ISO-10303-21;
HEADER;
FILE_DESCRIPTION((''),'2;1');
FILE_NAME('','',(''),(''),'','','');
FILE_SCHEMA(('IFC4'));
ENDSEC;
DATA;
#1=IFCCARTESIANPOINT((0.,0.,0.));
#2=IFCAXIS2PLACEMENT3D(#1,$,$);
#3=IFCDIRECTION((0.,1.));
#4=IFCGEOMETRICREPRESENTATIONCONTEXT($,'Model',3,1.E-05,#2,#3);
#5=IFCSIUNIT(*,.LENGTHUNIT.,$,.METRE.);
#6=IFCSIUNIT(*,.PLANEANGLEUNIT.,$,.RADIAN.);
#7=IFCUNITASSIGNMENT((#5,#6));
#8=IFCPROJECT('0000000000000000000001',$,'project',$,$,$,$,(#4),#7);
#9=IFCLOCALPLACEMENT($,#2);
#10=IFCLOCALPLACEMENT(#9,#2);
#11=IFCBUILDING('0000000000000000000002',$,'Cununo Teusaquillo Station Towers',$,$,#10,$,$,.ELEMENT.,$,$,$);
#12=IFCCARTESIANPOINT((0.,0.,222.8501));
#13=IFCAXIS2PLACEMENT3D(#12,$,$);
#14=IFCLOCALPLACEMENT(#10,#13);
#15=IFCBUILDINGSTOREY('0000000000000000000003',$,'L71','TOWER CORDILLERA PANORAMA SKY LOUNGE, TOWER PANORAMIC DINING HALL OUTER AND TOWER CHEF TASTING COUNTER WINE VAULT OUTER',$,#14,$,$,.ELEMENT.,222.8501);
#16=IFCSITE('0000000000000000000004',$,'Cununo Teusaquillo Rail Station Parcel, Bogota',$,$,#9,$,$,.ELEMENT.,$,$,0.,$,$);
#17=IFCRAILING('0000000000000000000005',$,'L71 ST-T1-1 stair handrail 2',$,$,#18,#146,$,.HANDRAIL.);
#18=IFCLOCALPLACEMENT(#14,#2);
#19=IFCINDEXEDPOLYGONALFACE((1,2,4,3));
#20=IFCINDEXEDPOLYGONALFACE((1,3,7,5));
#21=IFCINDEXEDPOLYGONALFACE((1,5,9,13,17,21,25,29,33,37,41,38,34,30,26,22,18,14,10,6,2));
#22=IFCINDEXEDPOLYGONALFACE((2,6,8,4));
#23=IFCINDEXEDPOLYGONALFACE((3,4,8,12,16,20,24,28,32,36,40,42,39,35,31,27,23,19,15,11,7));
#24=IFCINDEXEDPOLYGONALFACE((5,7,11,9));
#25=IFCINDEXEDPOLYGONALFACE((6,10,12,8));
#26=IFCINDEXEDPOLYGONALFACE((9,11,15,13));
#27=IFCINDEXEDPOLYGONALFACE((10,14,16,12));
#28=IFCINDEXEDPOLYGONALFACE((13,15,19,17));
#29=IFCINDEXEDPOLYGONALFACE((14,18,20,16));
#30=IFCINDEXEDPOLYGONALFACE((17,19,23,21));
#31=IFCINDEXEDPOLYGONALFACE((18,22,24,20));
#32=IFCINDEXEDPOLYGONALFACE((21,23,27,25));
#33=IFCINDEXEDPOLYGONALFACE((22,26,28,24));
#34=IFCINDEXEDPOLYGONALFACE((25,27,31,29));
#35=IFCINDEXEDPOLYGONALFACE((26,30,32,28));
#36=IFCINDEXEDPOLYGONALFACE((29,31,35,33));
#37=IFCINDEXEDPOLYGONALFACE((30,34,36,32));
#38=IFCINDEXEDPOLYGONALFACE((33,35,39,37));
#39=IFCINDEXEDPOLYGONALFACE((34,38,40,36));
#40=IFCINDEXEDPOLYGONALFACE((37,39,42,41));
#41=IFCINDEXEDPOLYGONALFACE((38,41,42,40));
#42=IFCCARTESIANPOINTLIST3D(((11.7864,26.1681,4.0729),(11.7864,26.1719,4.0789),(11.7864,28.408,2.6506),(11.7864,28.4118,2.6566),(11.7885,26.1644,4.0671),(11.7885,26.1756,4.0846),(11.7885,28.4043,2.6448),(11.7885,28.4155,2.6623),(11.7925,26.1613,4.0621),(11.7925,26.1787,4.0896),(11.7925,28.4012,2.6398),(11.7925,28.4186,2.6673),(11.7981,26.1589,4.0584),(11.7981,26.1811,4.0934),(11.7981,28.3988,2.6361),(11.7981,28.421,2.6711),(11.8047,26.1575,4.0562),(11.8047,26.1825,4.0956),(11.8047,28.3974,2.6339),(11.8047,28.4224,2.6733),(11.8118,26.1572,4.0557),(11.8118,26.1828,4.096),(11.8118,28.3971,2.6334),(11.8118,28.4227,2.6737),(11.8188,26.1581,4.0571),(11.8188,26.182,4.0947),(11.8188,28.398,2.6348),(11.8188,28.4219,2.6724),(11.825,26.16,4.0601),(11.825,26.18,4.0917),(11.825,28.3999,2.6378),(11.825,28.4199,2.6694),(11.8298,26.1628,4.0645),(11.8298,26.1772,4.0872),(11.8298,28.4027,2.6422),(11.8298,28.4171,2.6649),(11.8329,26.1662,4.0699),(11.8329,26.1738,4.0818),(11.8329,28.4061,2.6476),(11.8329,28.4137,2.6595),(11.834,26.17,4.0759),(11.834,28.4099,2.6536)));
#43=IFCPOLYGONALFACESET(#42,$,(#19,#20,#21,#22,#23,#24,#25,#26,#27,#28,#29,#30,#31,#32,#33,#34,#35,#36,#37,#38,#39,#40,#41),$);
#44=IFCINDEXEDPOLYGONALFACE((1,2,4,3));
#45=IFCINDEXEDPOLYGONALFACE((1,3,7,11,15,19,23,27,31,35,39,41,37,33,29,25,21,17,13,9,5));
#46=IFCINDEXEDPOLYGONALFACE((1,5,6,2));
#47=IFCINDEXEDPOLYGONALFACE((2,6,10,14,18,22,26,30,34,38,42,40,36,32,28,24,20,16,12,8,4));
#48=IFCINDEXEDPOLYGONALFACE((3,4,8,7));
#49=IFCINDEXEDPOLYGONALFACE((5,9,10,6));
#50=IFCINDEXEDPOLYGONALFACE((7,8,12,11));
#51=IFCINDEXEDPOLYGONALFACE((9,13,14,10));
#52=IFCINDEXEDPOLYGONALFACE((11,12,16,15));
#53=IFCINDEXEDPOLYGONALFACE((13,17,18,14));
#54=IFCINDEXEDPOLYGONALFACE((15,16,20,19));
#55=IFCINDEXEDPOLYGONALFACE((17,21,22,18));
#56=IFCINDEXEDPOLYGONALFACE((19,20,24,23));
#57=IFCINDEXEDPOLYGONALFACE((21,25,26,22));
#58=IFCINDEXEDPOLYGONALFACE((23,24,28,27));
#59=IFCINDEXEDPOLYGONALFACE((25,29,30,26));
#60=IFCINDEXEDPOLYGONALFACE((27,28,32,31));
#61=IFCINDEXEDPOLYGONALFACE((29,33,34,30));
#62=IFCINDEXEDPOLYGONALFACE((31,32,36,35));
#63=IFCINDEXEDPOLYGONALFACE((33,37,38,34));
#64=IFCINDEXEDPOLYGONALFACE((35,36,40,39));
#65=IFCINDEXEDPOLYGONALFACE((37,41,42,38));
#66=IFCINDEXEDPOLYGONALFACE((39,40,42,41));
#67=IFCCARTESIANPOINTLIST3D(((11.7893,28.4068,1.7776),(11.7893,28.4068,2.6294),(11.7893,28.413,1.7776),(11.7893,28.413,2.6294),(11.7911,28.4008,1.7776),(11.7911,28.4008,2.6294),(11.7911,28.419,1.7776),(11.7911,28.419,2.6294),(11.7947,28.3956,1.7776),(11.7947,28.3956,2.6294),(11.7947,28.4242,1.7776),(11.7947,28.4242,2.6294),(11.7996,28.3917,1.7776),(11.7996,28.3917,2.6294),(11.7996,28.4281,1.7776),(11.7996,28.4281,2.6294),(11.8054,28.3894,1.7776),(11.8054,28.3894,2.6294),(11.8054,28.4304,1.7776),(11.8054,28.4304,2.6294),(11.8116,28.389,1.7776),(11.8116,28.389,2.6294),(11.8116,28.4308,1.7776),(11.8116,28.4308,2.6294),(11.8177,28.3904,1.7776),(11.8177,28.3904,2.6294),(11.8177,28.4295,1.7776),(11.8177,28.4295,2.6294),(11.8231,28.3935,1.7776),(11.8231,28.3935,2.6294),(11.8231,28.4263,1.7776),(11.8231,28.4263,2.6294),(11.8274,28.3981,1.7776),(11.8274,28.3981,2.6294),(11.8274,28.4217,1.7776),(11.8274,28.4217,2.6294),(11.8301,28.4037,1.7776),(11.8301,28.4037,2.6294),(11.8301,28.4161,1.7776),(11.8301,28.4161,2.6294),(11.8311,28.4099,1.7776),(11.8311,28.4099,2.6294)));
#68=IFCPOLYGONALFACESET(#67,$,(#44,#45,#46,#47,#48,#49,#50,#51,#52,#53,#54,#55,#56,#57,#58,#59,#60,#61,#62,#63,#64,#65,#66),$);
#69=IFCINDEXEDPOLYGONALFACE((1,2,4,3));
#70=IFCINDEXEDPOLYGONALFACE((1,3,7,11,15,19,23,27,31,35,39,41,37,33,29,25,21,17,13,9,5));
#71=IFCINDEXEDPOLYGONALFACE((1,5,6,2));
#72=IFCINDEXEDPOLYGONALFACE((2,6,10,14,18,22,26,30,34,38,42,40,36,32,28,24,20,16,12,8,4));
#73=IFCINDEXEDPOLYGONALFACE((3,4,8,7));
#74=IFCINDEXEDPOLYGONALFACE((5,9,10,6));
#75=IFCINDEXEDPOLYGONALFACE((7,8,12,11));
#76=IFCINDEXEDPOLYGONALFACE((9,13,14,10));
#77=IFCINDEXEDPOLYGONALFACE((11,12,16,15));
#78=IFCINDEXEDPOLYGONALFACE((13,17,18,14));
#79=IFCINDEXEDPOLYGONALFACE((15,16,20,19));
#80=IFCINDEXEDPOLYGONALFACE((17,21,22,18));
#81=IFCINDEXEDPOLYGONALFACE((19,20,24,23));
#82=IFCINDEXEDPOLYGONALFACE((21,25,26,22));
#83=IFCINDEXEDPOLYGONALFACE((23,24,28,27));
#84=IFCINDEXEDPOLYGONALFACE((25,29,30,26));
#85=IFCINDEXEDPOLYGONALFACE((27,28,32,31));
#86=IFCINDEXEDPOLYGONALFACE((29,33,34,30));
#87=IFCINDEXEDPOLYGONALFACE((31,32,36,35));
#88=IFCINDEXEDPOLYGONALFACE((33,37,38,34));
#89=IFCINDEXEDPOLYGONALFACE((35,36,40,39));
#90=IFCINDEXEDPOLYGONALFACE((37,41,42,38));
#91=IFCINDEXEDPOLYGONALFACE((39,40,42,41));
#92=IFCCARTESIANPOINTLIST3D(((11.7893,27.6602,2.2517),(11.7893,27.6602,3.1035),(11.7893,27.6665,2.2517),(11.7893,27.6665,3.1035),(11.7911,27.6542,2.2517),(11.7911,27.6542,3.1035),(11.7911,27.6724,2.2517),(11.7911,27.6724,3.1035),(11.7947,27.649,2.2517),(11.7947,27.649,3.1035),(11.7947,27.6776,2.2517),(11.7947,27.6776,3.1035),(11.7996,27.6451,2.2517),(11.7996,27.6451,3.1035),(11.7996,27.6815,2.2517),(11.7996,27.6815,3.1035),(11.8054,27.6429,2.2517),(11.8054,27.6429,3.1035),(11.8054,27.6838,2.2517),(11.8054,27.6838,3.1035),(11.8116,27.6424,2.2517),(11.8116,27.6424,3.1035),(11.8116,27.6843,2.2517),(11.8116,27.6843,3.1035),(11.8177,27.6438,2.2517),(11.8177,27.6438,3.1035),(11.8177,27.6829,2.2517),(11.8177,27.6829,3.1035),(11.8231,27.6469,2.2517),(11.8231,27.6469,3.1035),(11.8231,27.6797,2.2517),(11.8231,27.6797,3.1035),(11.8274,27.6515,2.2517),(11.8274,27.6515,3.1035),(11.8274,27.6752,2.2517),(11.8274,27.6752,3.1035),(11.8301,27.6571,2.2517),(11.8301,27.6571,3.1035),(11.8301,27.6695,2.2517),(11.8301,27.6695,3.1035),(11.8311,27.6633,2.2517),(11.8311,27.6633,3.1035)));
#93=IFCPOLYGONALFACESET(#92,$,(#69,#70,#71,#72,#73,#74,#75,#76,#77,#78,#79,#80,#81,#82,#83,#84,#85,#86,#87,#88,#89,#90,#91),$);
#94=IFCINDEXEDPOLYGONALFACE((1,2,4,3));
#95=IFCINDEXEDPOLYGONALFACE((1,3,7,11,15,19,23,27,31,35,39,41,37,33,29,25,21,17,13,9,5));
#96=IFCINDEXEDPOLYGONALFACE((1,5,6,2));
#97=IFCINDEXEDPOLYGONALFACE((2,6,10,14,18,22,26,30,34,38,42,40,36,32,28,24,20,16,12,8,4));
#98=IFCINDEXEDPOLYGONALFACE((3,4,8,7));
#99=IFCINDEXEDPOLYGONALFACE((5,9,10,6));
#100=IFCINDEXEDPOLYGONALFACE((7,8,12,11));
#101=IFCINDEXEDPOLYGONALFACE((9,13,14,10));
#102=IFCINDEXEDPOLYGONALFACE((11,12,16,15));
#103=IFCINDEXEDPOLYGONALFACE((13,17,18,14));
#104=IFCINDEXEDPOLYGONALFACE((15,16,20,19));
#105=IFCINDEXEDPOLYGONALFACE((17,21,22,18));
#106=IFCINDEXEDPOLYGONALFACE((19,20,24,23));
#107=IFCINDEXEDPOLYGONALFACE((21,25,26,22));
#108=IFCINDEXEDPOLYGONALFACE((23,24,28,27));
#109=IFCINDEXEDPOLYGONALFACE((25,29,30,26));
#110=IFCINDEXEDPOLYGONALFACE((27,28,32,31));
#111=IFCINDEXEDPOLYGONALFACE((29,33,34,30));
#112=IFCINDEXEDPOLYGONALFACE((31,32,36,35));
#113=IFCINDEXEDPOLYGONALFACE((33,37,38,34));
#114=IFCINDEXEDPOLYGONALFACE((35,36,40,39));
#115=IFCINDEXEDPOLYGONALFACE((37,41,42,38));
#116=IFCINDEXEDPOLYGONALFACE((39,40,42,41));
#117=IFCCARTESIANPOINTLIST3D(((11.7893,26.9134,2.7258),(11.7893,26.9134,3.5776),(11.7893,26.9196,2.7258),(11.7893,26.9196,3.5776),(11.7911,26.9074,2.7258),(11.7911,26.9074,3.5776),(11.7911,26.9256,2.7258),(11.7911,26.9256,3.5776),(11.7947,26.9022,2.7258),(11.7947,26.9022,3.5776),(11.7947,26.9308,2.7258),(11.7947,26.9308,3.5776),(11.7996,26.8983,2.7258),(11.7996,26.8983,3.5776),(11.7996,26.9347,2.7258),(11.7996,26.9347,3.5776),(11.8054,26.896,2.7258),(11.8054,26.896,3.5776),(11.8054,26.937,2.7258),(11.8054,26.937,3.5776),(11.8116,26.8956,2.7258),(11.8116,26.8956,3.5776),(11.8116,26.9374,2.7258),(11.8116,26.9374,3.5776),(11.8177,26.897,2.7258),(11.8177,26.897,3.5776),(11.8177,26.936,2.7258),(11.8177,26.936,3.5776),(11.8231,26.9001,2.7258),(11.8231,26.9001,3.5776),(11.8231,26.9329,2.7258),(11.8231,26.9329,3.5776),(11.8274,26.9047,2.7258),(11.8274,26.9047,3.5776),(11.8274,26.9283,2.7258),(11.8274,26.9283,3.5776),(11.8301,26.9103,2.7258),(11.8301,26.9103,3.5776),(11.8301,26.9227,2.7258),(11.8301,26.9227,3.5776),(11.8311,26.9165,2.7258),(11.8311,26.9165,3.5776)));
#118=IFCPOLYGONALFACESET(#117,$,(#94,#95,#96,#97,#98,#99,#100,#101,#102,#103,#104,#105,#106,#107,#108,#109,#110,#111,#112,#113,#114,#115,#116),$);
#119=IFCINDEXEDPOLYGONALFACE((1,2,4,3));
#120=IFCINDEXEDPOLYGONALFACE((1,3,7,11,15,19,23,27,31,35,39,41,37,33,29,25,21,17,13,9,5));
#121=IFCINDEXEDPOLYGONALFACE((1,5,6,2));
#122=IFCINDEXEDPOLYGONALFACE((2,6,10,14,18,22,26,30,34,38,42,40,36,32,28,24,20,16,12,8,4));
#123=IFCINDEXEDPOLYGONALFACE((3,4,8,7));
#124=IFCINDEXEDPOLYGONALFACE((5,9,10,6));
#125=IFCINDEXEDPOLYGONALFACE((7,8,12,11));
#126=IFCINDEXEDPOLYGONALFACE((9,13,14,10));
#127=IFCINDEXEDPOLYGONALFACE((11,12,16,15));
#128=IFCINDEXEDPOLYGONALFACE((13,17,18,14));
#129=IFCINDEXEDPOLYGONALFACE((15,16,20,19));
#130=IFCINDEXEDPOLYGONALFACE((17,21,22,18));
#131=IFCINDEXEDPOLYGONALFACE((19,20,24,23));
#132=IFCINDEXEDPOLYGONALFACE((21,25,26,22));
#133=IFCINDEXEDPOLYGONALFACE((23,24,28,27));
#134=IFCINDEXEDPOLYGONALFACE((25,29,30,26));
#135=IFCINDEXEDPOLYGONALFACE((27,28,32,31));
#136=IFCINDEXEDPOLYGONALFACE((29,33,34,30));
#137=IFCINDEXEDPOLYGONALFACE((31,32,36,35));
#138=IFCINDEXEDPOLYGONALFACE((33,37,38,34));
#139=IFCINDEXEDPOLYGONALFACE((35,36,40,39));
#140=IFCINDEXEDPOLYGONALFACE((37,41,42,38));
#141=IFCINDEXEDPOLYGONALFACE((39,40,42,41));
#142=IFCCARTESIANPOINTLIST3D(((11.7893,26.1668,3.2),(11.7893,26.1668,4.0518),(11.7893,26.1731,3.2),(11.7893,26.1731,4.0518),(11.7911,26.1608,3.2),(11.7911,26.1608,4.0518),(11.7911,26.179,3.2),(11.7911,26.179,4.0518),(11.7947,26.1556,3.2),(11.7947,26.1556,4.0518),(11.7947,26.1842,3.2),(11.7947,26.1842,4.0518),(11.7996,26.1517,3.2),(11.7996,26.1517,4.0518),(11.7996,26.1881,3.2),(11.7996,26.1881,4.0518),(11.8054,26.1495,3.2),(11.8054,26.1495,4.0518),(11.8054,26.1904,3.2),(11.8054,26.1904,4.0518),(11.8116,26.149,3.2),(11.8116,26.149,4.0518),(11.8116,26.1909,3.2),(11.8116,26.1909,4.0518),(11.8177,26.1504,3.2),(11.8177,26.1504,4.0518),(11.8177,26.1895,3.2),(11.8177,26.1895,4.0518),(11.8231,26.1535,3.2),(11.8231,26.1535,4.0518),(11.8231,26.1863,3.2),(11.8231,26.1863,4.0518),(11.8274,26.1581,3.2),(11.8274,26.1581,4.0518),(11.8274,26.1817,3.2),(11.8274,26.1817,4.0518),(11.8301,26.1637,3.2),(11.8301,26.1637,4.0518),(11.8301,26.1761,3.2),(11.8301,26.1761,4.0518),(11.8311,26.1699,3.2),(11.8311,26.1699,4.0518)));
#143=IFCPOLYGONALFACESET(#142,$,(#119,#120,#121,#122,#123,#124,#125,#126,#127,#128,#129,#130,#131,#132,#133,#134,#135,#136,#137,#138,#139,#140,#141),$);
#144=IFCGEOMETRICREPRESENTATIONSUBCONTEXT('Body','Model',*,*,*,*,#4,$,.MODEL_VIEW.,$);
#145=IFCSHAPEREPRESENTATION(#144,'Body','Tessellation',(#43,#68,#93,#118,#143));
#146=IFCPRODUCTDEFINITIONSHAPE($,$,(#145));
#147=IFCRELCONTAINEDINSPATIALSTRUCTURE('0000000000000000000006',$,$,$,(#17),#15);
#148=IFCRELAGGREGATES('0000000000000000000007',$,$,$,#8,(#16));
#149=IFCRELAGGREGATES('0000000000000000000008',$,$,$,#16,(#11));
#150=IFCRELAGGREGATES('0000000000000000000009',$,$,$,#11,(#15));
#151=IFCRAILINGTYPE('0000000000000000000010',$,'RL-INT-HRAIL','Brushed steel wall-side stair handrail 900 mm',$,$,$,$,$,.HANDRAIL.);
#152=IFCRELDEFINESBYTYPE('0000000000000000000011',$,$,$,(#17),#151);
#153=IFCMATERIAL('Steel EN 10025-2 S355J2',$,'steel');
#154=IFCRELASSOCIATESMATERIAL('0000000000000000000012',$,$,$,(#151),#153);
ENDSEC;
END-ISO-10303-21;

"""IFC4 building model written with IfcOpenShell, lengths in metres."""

from ifc_helpers import new_model, si_unit, direction, frame, origin, origin_2d, place, context, subcontext, project, spatial, circle, extrude, material, type_object, element, save


model = new_model("IFC4")

# Units and contexts
model_context = context("Model", 3, precision=1e-05, world=origin(), true_north=direction((0.0, 1.0)))
body_context = subcontext(model_context, "Body", "Model", "MODEL_VIEW")
ifc_project = project(units=[si_unit("LENGTHUNIT", "METRE"), si_unit("PLANEANGLEUNIT", "RADIAN")], contexts=[model_context])

# Site, building, storey
site_placement = place(None, origin())
site = spatial("IfcSite", under=ifc_project, at=site_placement, Name="Cununo Teusaquillo Rail Station Parcel, Bogota", CompositionType="ELEMENT", RefElevation=0.0)
building_placement = place(site_placement, origin())
building = spatial("IfcBuilding", under=site, at=building_placement, Name="Cununo Teusaquillo Station Towers", CompositionType="ELEMENT")
storey_placement = place(building_placement, frame((0.0, 0.0, 222.8501)))
storey = spatial("IfcBuildingStorey", under=building, at=storey_placement, Name="L71", Description="TOWER CORDILLERA PANORAMA SKY LOUNGE, TOWER PANORAMIC DINING HALL OUTER AND TOWER CHEF TASTING COUNTER WINE VAULT OUTER", CompositionType="ELEMENT", Elevation=222.8501)

# Railing
ifc_material_1 = material(Name="Steel EN 10025-2 S355J2", Category="steel")
railing_type_1 = type_object("IfcRailingType", Name="RL-INT-HRAIL", Description="Brushed steel wall-side stair handrail 900 mm", PredefinedType="HANDRAIL", material=ifc_material_1)
railing_1_placement = place(storey_placement, frame((11.8101, 28.4099, 1.7776)))
element("IfcRailing", 1, at=railing_1_placement, inside=storey, type_object=railing_type_1, Name="L71 ST-T1-1 stair handrail 2", PredefinedType="HANDRAIL", context=body_context, shape_type="SweptSolid", body=[
    extrude(circle(Radius=0.0239, at=origin_2d()), frame((0.0, 0.0, 0.876), z_axis=(0.0, -0.844188, 0.536048), x_axis=(1.0, 0.0, 0.0)), (0.0, 0.0, 1.0), 2.6533),
    extrude(circle(Radius=0.021, at=origin_2d()), origin(), (0.0, 0.0, 1.0), 0.8518),
    extrude(circle(Radius=0.021, at=origin_2d()), frame((0.0, -0.7466, 0.4741)), (0.0, 0.0, 1.0), 0.8518),
    extrude(circle(Radius=0.021, at=origin_2d()), frame((0.0, -1.4934, 0.9482)), (0.0, 0.0, 1.0), 0.8518),
    extrude(circle(Radius=0.021, at=origin_2d()), frame((0.0, -2.24, 1.4224)), (0.0, 0.0, 1.0), 0.8518),
])

save(model, "model.ifc")
